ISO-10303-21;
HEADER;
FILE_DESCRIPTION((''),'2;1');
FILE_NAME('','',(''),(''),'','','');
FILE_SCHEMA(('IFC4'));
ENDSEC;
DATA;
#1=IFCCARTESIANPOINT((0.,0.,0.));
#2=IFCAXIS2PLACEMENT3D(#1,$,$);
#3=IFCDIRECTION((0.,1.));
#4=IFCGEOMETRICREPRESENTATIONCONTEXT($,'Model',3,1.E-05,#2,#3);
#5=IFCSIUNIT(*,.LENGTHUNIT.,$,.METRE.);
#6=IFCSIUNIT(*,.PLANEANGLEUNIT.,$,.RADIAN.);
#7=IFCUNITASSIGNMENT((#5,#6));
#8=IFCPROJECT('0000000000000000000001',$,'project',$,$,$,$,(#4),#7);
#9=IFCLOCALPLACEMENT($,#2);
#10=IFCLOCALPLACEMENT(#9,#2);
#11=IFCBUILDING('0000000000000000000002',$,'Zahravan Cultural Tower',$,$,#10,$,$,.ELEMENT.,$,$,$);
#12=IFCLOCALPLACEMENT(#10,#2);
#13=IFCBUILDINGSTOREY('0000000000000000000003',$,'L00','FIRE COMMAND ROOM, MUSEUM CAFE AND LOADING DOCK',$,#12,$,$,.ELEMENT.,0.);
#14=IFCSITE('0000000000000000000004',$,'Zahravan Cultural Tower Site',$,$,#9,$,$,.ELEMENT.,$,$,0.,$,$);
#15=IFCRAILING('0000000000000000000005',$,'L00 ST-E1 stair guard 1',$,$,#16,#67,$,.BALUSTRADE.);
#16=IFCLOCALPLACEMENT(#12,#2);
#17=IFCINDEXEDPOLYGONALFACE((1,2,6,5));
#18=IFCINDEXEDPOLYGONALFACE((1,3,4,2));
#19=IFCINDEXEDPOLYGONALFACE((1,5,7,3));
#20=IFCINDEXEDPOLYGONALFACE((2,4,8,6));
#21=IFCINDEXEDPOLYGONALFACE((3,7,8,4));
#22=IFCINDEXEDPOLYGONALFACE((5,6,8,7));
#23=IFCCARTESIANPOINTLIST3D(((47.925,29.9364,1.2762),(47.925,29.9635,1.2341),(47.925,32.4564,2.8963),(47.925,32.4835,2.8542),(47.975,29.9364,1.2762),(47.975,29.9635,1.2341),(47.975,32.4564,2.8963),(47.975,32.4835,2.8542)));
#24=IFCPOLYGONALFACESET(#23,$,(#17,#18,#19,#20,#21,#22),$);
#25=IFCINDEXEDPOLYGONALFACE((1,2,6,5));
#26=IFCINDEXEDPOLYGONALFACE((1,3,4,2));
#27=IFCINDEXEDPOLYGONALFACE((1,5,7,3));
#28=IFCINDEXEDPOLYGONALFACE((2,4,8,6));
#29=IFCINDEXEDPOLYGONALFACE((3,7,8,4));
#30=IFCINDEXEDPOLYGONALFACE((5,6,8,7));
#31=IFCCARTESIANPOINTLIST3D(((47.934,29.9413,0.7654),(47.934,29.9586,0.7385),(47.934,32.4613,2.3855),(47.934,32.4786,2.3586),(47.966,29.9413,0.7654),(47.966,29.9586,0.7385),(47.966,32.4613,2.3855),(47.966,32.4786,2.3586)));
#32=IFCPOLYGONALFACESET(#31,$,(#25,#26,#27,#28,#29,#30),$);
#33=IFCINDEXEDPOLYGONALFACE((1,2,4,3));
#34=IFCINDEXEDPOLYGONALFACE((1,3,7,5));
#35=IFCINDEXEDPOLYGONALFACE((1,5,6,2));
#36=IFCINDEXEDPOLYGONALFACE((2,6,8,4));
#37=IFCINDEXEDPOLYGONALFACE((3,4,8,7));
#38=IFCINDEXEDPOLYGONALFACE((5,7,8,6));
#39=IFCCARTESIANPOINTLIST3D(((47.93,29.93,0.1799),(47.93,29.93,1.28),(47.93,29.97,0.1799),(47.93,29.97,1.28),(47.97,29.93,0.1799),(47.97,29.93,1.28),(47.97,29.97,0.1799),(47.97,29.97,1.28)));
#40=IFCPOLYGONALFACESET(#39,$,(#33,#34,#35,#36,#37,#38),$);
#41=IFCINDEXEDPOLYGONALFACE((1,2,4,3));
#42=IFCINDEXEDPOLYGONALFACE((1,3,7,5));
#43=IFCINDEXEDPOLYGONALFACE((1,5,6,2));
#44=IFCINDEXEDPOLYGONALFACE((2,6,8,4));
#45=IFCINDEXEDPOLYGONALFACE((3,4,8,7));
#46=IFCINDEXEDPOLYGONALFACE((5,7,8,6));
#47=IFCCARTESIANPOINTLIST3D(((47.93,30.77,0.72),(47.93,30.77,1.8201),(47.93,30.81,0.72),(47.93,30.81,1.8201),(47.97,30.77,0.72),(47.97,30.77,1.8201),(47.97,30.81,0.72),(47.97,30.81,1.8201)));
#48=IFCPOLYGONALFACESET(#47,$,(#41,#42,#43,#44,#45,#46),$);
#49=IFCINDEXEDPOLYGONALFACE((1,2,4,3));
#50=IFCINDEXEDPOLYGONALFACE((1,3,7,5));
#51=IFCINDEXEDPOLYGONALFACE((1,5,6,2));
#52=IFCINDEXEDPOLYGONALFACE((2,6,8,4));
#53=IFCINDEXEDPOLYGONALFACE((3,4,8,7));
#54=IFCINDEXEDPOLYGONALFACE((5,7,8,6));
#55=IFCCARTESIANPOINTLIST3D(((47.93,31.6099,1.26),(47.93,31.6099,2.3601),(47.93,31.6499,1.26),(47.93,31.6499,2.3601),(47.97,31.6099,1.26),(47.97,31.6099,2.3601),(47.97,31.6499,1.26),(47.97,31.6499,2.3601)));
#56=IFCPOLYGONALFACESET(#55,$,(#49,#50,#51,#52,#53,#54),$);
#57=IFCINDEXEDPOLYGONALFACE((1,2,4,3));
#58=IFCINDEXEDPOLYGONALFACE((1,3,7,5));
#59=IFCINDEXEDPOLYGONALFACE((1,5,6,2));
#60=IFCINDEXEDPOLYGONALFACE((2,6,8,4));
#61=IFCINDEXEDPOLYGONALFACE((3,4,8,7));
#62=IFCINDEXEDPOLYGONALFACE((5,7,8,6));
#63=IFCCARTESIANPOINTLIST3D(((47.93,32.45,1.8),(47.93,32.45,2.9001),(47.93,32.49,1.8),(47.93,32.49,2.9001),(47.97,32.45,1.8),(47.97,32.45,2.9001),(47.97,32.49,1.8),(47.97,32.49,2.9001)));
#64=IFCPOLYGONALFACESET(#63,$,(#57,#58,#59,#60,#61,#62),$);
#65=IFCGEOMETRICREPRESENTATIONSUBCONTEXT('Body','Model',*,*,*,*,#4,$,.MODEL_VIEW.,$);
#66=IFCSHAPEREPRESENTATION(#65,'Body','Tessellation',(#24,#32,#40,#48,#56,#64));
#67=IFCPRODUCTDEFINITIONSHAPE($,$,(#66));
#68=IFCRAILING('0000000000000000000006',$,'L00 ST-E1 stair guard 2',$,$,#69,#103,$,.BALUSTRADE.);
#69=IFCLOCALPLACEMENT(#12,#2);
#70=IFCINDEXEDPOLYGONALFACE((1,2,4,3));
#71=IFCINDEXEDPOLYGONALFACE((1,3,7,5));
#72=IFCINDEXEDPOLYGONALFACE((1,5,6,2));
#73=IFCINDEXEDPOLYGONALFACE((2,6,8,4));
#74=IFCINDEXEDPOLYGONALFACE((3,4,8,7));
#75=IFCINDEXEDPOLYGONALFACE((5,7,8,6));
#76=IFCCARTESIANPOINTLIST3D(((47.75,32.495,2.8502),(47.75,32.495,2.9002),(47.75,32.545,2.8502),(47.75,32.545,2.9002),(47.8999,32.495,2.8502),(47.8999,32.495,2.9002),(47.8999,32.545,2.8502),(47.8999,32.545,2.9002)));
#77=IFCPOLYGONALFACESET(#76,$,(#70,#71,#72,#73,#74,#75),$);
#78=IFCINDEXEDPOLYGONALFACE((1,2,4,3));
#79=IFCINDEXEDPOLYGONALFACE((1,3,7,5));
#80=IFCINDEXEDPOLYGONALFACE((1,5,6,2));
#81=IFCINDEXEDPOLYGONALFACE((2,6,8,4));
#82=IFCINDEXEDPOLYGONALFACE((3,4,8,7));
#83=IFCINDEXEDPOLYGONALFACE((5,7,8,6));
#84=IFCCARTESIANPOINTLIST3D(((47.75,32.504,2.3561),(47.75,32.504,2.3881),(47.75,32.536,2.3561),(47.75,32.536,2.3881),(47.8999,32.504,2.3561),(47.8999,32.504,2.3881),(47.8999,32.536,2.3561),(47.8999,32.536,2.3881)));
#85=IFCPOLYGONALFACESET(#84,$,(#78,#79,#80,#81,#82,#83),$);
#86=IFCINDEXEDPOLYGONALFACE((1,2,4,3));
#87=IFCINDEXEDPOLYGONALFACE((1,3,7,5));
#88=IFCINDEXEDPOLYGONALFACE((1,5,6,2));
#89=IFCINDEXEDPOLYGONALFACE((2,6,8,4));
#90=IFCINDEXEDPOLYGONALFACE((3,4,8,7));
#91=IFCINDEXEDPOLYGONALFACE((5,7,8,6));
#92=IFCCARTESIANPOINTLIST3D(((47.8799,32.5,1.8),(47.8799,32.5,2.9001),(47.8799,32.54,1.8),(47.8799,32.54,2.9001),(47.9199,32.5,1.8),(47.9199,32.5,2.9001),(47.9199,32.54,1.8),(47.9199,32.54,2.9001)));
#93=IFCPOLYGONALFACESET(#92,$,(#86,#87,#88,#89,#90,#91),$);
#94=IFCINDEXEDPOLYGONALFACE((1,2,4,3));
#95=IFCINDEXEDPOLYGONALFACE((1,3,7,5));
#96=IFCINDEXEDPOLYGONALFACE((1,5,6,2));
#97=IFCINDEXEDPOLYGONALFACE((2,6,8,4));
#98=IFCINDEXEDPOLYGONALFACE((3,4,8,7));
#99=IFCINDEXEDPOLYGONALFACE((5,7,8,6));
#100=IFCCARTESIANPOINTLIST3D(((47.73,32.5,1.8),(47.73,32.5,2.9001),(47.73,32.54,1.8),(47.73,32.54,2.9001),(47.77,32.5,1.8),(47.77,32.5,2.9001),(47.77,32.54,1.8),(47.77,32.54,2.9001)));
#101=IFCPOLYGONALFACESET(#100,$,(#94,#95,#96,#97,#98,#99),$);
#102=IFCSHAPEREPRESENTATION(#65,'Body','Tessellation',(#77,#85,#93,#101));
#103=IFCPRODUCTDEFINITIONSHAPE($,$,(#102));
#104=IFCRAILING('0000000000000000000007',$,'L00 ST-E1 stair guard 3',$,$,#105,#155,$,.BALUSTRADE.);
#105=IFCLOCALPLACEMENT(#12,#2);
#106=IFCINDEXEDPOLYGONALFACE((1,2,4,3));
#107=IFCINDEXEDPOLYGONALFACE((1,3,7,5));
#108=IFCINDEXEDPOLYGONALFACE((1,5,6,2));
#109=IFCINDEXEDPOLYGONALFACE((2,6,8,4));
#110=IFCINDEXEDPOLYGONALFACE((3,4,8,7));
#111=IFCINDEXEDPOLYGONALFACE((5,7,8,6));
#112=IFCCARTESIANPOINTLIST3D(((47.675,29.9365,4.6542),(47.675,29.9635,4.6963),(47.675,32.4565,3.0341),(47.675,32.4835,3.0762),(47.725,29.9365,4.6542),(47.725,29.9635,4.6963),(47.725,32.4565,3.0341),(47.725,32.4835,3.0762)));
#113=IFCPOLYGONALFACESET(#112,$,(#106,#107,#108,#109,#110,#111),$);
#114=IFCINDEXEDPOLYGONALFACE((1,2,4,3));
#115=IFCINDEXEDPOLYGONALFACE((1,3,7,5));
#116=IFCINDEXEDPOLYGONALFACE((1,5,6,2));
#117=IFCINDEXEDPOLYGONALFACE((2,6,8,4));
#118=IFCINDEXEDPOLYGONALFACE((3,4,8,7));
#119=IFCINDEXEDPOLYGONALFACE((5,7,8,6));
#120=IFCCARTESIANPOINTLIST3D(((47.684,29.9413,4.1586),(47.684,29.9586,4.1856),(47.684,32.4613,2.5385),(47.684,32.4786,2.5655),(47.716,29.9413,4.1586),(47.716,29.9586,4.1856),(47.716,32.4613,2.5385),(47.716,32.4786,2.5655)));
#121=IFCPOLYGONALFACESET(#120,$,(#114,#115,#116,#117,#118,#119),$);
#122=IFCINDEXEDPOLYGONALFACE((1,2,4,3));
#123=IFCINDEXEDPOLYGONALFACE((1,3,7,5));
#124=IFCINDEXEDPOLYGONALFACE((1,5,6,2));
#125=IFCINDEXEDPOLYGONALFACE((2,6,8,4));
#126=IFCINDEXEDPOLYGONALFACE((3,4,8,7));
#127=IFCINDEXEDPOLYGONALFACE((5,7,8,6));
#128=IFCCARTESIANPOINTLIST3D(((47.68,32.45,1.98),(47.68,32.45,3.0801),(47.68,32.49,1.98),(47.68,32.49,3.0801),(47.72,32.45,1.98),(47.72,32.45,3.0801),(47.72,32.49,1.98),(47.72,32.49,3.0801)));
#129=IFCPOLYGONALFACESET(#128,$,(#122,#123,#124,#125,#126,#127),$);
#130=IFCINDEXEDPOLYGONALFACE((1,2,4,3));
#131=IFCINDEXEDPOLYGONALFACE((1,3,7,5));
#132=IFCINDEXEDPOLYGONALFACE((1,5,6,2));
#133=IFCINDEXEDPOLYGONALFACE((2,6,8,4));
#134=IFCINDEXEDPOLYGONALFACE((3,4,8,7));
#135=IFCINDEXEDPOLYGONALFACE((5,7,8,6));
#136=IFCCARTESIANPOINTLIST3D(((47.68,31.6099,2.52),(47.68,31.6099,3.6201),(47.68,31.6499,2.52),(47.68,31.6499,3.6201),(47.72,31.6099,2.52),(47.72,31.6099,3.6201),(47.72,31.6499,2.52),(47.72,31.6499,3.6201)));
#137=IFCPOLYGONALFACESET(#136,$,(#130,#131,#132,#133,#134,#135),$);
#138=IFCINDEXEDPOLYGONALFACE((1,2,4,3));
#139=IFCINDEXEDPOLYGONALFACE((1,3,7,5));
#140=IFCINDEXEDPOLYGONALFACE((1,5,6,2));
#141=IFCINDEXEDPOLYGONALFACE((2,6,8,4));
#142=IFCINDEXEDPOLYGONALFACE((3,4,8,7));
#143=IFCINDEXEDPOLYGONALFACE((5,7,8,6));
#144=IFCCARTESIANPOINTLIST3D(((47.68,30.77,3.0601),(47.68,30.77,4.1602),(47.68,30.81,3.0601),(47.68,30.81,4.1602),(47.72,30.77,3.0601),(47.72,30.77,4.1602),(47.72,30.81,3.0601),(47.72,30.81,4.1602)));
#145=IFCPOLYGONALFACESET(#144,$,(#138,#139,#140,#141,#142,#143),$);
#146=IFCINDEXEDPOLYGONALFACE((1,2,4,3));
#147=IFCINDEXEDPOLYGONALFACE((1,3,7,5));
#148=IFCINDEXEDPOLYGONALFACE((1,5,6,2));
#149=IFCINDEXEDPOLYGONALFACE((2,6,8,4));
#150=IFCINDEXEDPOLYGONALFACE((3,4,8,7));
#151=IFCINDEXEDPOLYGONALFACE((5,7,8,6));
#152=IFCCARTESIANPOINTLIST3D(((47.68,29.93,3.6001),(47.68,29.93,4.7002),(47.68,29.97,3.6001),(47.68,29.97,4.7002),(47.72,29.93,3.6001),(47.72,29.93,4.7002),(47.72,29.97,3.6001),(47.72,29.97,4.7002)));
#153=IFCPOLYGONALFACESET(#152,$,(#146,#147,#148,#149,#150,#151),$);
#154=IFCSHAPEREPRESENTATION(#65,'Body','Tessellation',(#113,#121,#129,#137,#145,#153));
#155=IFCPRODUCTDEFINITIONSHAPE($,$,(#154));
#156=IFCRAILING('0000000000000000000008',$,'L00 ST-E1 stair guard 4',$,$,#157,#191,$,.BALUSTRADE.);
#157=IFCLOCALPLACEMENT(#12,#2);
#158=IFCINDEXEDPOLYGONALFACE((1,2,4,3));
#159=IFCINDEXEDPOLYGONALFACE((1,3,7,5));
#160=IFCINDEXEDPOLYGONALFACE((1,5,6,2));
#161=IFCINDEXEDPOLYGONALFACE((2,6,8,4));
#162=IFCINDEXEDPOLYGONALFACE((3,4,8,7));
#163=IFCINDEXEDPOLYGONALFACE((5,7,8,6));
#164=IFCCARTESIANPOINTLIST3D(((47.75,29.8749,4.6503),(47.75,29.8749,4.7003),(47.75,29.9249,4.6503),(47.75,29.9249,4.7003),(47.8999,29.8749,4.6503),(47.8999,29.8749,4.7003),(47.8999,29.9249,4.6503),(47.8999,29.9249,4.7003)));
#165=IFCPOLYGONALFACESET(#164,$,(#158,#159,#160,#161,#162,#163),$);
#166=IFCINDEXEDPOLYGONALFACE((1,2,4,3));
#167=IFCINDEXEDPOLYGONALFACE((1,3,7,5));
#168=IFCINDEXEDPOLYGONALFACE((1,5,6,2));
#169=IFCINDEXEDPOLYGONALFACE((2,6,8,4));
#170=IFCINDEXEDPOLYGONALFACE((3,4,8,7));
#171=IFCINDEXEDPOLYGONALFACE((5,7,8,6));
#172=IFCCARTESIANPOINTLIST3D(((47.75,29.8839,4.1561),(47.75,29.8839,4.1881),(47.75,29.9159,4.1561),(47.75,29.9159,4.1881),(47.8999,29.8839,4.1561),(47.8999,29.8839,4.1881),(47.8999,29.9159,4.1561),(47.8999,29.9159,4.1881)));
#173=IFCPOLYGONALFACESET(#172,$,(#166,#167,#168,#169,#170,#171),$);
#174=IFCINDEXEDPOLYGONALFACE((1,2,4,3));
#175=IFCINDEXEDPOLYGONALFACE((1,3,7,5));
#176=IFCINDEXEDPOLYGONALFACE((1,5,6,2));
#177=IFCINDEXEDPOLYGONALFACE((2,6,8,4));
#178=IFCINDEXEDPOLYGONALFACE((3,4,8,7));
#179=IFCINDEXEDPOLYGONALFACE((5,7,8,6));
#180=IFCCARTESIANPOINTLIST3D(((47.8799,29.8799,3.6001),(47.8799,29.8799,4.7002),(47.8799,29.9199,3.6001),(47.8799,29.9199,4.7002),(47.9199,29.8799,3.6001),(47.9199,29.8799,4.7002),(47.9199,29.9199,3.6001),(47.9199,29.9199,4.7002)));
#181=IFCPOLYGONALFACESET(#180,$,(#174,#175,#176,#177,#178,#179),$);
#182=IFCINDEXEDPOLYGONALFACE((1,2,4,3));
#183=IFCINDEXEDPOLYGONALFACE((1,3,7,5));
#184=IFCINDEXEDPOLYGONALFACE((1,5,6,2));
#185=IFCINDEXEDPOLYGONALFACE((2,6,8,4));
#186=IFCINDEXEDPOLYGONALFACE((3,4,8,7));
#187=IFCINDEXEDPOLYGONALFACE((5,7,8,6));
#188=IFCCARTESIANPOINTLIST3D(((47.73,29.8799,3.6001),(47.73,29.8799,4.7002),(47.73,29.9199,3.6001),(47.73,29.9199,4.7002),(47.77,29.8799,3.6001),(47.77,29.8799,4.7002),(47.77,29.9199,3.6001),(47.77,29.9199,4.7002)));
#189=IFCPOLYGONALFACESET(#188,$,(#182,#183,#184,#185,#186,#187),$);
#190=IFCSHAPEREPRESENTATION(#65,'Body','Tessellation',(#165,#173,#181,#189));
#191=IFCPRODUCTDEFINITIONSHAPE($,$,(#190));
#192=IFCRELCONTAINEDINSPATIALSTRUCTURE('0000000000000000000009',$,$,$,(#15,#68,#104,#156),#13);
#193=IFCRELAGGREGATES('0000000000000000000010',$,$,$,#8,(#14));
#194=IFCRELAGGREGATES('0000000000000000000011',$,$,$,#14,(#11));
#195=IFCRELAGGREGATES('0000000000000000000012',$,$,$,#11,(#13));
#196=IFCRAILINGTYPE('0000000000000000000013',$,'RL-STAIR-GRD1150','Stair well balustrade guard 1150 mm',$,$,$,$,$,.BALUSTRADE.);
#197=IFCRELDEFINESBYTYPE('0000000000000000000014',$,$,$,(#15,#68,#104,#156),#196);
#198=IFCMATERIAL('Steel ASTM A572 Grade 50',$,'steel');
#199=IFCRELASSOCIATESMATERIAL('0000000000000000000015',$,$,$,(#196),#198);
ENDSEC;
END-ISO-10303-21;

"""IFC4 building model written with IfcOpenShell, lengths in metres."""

from ifc_helpers import new_model, si_unit, direction, frame, origin, origin_2d, place, context, subcontext, project, spatial, rectangle, extrude, material, type_object, element, save


model = new_model("IFC4")

# Units and contexts
model_context = context("Model", 3, precision=1e-05, world=origin(), true_north=direction((0.0, 1.0)))
body_context = subcontext(model_context, "Body", "Model", "MODEL_VIEW")
ifc_project = project(units=[si_unit("LENGTHUNIT", "METRE"), si_unit("PLANEANGLEUNIT", "RADIAN")], contexts=[model_context])

# Site, building, storey
site_placement = place(None, origin())
site = spatial("IfcSite", under=ifc_project, at=site_placement, Name="Zahravan Cultural Tower Site", CompositionType="ELEMENT", RefElevation=0.0)
building_placement = place(site_placement, origin())
building = spatial("IfcBuilding", under=site, at=building_placement, Name="Zahravan Cultural Tower", CompositionType="ELEMENT")
storey_placement = place(building_placement, origin())
storey = spatial("IfcBuildingStorey", under=building, at=storey_placement, Name="L00", Description="FIRE COMMAND ROOM, MUSEUM CAFE AND LOADING DOCK", CompositionType="ELEMENT", Elevation=0.0)

# Railings
ifc_material_1 = material(Name="Steel ASTM A572 Grade 50", Category="steel")
railing_type_1 = type_object("IfcRailingType", Name="RL-STAIR-GRD1150", Description="Stair well balustrade guard 1150 mm", PredefinedType="BALUSTRADE", material=ifc_material_1)
railing_1_placement = place(storey_placement, frame((47.95, 29.95, 0.1799)))
element("IfcRailing", 1, at=railing_1_placement, inside=storey, type_object=railing_type_1, Name="L00 ST-E1 stair guard 1", PredefinedType="BALUSTRADE", context=body_context, shape_type="SweptSolid", body=[
    extrude(rectangle(XDim=0.05, YDim=0.05, at=origin_2d()), frame((0.0, 0.0, 1.0752), z_axis=(0.0, 0.841163, 0.540782), x_axis=(-1.0, 0.0, 0.0)), (0.0, 0.0, 1.0), 2.9958),
    extrude(rectangle(XDim=0.032, YDim=0.032, at=origin_2d()), frame((0.0, 0.0, 0.572), z_axis=(0.0, 0.841163, 0.540782), x_axis=(-1.0, 0.0, 0.0)), (0.0, 0.0, 1.0), 2.9958),
    extrude(rectangle(XDim=0.04, YDim=0.04, at=origin_2d()), origin(), (0.0, 0.0, 1.0), 1.1001),
    extrude(rectangle(XDim=0.04, YDim=0.04, at=origin_2d()), frame((0.0, 0.8401, 0.54)), (0.0, 0.0, 1.0), 1.1001),
    extrude(rectangle(XDim=0.04, YDim=0.04, at=origin_2d()), frame((0.0, 1.6799, 1.0801)), (0.0, 0.0, 1.0), 1.1001),
    extrude(rectangle(XDim=0.04, YDim=0.04, at=origin_2d()), frame((0.0, 2.52, 1.6201)), (0.0, 0.0, 1.0), 1.1001),
])
railing_2_placement = place(storey_placement, frame((47.8999, 32.52, 1.8)))
element("IfcRailing", 2, at=railing_2_placement, inside=storey, type_object=railing_type_1, Name="L00 ST-E1 stair guard 2", PredefinedType="BALUSTRADE", context=body_context, shape_type="SweptSolid", body=[
    extrude(rectangle(XDim=0.05, YDim=0.05, at=origin_2d()), frame((0.0, 0.0, 1.0752), z_axis=(-1.0, 0.0, 0.0), x_axis=(0.0, -1.0, 0.0)), (0.0, 0.0, 1.0), 0.1499),
    extrude(rectangle(XDim=0.032, YDim=0.032, at=origin_2d()), frame((0.0, 0.0, 0.572), z_axis=(-1.0, 0.0, 0.0), x_axis=(0.0, -1.0, 0.0)), (0.0, 0.0, 1.0), 0.1499),
    extrude(rectangle(XDim=0.04, YDim=0.04, at=origin_2d()), origin(), (0.0, 0.0, 1.0), 1.1001),
    extrude(rectangle(XDim=0.04, YDim=0.04, at=origin_2d()), frame((-0.1499, 0.0, 0.0)), (0.0, 0.0, 1.0), 1.1001),
])
railing_3_placement = place(storey_placement, frame((47.7, 32.47, 1.98)))
element("IfcRailing", 3, at=railing_3_placement, inside=storey, type_object=railing_type_1, Name="L00 ST-E1 stair guard 3", PredefinedType="BALUSTRADE", context=body_context, shape_type="SweptSolid", body=[
    extrude(rectangle(XDim=0.05, YDim=0.05, at=origin_2d()), frame((0.0, 0.0, 1.0752), z_axis=(0.0, -0.841163, 0.540782), x_axis=(1.0, 0.0, 0.0)), (0.0, 0.0, 1.0), 2.9958),
    extrude(rectangle(XDim=0.032, YDim=0.032, at=origin_2d()), frame((0.0, 0.0, 0.572), z_axis=(0.0, -0.841163, 0.540782), x_axis=(1.0, 0.0, 0.0)), (0.0, 0.0, 1.0), 2.9958),
    extrude(rectangle(XDim=0.04, YDim=0.04, at=origin_2d()), origin(), (0.0, 0.0, 1.0), 1.1001),
    extrude(rectangle(XDim=0.04, YDim=0.04, at=origin_2d()), frame((0.0, -0.8401, 0.54)), (0.0, 0.0, 1.0), 1.1001),
    extrude(rectangle(XDim=0.04, YDim=0.04, at=origin_2d()), frame((0.0, -1.6799, 1.0801)), (0.0, 0.0, 1.0), 1.1001),
    extrude(rectangle(XDim=0.04, YDim=0.04, at=origin_2d()), frame((0.0, -2.52, 1.6201)), (0.0, 0.0, 1.0), 1.1001),
])
railing_4_placement = place(storey_placement, frame((47.8999, 29.8999, 3.6001)))
element("IfcRailing", 4, at=railing_4_placement, inside=storey, type_object=railing_type_1, Name="L00 ST-E1 stair guard 4", PredefinedType="BALUSTRADE", context=body_context, shape_type="SweptSolid", body=[
    extrude(rectangle(XDim=0.05, YDim=0.05, at=origin_2d()), frame((0.0, 0.0, 1.0752), z_axis=(-1.0, 0.0, 0.0), x_axis=(0.0, -1.0, 0.0)), (0.0, 0.0, 1.0), 0.1499),
    extrude(rectangle(XDim=0.032, YDim=0.032, at=origin_2d()), frame((0.0, 0.0, 0.572), z_axis=(-1.0, 0.0, 0.0), x_axis=(0.0, -1.0, 0.0)), (0.0, 0.0, 1.0), 0.1499),
    extrude(rectangle(XDim=0.04, YDim=0.04, at=origin_2d()), origin(), (0.0, 0.0, 1.0), 1.1001),
    extrude(rectangle(XDim=0.04, YDim=0.04, at=origin_2d()), frame((-0.1499, 0.0, 0.0)), (0.0, 0.0, 1.0), 1.1001),
])

save(model, "model.ifc")
